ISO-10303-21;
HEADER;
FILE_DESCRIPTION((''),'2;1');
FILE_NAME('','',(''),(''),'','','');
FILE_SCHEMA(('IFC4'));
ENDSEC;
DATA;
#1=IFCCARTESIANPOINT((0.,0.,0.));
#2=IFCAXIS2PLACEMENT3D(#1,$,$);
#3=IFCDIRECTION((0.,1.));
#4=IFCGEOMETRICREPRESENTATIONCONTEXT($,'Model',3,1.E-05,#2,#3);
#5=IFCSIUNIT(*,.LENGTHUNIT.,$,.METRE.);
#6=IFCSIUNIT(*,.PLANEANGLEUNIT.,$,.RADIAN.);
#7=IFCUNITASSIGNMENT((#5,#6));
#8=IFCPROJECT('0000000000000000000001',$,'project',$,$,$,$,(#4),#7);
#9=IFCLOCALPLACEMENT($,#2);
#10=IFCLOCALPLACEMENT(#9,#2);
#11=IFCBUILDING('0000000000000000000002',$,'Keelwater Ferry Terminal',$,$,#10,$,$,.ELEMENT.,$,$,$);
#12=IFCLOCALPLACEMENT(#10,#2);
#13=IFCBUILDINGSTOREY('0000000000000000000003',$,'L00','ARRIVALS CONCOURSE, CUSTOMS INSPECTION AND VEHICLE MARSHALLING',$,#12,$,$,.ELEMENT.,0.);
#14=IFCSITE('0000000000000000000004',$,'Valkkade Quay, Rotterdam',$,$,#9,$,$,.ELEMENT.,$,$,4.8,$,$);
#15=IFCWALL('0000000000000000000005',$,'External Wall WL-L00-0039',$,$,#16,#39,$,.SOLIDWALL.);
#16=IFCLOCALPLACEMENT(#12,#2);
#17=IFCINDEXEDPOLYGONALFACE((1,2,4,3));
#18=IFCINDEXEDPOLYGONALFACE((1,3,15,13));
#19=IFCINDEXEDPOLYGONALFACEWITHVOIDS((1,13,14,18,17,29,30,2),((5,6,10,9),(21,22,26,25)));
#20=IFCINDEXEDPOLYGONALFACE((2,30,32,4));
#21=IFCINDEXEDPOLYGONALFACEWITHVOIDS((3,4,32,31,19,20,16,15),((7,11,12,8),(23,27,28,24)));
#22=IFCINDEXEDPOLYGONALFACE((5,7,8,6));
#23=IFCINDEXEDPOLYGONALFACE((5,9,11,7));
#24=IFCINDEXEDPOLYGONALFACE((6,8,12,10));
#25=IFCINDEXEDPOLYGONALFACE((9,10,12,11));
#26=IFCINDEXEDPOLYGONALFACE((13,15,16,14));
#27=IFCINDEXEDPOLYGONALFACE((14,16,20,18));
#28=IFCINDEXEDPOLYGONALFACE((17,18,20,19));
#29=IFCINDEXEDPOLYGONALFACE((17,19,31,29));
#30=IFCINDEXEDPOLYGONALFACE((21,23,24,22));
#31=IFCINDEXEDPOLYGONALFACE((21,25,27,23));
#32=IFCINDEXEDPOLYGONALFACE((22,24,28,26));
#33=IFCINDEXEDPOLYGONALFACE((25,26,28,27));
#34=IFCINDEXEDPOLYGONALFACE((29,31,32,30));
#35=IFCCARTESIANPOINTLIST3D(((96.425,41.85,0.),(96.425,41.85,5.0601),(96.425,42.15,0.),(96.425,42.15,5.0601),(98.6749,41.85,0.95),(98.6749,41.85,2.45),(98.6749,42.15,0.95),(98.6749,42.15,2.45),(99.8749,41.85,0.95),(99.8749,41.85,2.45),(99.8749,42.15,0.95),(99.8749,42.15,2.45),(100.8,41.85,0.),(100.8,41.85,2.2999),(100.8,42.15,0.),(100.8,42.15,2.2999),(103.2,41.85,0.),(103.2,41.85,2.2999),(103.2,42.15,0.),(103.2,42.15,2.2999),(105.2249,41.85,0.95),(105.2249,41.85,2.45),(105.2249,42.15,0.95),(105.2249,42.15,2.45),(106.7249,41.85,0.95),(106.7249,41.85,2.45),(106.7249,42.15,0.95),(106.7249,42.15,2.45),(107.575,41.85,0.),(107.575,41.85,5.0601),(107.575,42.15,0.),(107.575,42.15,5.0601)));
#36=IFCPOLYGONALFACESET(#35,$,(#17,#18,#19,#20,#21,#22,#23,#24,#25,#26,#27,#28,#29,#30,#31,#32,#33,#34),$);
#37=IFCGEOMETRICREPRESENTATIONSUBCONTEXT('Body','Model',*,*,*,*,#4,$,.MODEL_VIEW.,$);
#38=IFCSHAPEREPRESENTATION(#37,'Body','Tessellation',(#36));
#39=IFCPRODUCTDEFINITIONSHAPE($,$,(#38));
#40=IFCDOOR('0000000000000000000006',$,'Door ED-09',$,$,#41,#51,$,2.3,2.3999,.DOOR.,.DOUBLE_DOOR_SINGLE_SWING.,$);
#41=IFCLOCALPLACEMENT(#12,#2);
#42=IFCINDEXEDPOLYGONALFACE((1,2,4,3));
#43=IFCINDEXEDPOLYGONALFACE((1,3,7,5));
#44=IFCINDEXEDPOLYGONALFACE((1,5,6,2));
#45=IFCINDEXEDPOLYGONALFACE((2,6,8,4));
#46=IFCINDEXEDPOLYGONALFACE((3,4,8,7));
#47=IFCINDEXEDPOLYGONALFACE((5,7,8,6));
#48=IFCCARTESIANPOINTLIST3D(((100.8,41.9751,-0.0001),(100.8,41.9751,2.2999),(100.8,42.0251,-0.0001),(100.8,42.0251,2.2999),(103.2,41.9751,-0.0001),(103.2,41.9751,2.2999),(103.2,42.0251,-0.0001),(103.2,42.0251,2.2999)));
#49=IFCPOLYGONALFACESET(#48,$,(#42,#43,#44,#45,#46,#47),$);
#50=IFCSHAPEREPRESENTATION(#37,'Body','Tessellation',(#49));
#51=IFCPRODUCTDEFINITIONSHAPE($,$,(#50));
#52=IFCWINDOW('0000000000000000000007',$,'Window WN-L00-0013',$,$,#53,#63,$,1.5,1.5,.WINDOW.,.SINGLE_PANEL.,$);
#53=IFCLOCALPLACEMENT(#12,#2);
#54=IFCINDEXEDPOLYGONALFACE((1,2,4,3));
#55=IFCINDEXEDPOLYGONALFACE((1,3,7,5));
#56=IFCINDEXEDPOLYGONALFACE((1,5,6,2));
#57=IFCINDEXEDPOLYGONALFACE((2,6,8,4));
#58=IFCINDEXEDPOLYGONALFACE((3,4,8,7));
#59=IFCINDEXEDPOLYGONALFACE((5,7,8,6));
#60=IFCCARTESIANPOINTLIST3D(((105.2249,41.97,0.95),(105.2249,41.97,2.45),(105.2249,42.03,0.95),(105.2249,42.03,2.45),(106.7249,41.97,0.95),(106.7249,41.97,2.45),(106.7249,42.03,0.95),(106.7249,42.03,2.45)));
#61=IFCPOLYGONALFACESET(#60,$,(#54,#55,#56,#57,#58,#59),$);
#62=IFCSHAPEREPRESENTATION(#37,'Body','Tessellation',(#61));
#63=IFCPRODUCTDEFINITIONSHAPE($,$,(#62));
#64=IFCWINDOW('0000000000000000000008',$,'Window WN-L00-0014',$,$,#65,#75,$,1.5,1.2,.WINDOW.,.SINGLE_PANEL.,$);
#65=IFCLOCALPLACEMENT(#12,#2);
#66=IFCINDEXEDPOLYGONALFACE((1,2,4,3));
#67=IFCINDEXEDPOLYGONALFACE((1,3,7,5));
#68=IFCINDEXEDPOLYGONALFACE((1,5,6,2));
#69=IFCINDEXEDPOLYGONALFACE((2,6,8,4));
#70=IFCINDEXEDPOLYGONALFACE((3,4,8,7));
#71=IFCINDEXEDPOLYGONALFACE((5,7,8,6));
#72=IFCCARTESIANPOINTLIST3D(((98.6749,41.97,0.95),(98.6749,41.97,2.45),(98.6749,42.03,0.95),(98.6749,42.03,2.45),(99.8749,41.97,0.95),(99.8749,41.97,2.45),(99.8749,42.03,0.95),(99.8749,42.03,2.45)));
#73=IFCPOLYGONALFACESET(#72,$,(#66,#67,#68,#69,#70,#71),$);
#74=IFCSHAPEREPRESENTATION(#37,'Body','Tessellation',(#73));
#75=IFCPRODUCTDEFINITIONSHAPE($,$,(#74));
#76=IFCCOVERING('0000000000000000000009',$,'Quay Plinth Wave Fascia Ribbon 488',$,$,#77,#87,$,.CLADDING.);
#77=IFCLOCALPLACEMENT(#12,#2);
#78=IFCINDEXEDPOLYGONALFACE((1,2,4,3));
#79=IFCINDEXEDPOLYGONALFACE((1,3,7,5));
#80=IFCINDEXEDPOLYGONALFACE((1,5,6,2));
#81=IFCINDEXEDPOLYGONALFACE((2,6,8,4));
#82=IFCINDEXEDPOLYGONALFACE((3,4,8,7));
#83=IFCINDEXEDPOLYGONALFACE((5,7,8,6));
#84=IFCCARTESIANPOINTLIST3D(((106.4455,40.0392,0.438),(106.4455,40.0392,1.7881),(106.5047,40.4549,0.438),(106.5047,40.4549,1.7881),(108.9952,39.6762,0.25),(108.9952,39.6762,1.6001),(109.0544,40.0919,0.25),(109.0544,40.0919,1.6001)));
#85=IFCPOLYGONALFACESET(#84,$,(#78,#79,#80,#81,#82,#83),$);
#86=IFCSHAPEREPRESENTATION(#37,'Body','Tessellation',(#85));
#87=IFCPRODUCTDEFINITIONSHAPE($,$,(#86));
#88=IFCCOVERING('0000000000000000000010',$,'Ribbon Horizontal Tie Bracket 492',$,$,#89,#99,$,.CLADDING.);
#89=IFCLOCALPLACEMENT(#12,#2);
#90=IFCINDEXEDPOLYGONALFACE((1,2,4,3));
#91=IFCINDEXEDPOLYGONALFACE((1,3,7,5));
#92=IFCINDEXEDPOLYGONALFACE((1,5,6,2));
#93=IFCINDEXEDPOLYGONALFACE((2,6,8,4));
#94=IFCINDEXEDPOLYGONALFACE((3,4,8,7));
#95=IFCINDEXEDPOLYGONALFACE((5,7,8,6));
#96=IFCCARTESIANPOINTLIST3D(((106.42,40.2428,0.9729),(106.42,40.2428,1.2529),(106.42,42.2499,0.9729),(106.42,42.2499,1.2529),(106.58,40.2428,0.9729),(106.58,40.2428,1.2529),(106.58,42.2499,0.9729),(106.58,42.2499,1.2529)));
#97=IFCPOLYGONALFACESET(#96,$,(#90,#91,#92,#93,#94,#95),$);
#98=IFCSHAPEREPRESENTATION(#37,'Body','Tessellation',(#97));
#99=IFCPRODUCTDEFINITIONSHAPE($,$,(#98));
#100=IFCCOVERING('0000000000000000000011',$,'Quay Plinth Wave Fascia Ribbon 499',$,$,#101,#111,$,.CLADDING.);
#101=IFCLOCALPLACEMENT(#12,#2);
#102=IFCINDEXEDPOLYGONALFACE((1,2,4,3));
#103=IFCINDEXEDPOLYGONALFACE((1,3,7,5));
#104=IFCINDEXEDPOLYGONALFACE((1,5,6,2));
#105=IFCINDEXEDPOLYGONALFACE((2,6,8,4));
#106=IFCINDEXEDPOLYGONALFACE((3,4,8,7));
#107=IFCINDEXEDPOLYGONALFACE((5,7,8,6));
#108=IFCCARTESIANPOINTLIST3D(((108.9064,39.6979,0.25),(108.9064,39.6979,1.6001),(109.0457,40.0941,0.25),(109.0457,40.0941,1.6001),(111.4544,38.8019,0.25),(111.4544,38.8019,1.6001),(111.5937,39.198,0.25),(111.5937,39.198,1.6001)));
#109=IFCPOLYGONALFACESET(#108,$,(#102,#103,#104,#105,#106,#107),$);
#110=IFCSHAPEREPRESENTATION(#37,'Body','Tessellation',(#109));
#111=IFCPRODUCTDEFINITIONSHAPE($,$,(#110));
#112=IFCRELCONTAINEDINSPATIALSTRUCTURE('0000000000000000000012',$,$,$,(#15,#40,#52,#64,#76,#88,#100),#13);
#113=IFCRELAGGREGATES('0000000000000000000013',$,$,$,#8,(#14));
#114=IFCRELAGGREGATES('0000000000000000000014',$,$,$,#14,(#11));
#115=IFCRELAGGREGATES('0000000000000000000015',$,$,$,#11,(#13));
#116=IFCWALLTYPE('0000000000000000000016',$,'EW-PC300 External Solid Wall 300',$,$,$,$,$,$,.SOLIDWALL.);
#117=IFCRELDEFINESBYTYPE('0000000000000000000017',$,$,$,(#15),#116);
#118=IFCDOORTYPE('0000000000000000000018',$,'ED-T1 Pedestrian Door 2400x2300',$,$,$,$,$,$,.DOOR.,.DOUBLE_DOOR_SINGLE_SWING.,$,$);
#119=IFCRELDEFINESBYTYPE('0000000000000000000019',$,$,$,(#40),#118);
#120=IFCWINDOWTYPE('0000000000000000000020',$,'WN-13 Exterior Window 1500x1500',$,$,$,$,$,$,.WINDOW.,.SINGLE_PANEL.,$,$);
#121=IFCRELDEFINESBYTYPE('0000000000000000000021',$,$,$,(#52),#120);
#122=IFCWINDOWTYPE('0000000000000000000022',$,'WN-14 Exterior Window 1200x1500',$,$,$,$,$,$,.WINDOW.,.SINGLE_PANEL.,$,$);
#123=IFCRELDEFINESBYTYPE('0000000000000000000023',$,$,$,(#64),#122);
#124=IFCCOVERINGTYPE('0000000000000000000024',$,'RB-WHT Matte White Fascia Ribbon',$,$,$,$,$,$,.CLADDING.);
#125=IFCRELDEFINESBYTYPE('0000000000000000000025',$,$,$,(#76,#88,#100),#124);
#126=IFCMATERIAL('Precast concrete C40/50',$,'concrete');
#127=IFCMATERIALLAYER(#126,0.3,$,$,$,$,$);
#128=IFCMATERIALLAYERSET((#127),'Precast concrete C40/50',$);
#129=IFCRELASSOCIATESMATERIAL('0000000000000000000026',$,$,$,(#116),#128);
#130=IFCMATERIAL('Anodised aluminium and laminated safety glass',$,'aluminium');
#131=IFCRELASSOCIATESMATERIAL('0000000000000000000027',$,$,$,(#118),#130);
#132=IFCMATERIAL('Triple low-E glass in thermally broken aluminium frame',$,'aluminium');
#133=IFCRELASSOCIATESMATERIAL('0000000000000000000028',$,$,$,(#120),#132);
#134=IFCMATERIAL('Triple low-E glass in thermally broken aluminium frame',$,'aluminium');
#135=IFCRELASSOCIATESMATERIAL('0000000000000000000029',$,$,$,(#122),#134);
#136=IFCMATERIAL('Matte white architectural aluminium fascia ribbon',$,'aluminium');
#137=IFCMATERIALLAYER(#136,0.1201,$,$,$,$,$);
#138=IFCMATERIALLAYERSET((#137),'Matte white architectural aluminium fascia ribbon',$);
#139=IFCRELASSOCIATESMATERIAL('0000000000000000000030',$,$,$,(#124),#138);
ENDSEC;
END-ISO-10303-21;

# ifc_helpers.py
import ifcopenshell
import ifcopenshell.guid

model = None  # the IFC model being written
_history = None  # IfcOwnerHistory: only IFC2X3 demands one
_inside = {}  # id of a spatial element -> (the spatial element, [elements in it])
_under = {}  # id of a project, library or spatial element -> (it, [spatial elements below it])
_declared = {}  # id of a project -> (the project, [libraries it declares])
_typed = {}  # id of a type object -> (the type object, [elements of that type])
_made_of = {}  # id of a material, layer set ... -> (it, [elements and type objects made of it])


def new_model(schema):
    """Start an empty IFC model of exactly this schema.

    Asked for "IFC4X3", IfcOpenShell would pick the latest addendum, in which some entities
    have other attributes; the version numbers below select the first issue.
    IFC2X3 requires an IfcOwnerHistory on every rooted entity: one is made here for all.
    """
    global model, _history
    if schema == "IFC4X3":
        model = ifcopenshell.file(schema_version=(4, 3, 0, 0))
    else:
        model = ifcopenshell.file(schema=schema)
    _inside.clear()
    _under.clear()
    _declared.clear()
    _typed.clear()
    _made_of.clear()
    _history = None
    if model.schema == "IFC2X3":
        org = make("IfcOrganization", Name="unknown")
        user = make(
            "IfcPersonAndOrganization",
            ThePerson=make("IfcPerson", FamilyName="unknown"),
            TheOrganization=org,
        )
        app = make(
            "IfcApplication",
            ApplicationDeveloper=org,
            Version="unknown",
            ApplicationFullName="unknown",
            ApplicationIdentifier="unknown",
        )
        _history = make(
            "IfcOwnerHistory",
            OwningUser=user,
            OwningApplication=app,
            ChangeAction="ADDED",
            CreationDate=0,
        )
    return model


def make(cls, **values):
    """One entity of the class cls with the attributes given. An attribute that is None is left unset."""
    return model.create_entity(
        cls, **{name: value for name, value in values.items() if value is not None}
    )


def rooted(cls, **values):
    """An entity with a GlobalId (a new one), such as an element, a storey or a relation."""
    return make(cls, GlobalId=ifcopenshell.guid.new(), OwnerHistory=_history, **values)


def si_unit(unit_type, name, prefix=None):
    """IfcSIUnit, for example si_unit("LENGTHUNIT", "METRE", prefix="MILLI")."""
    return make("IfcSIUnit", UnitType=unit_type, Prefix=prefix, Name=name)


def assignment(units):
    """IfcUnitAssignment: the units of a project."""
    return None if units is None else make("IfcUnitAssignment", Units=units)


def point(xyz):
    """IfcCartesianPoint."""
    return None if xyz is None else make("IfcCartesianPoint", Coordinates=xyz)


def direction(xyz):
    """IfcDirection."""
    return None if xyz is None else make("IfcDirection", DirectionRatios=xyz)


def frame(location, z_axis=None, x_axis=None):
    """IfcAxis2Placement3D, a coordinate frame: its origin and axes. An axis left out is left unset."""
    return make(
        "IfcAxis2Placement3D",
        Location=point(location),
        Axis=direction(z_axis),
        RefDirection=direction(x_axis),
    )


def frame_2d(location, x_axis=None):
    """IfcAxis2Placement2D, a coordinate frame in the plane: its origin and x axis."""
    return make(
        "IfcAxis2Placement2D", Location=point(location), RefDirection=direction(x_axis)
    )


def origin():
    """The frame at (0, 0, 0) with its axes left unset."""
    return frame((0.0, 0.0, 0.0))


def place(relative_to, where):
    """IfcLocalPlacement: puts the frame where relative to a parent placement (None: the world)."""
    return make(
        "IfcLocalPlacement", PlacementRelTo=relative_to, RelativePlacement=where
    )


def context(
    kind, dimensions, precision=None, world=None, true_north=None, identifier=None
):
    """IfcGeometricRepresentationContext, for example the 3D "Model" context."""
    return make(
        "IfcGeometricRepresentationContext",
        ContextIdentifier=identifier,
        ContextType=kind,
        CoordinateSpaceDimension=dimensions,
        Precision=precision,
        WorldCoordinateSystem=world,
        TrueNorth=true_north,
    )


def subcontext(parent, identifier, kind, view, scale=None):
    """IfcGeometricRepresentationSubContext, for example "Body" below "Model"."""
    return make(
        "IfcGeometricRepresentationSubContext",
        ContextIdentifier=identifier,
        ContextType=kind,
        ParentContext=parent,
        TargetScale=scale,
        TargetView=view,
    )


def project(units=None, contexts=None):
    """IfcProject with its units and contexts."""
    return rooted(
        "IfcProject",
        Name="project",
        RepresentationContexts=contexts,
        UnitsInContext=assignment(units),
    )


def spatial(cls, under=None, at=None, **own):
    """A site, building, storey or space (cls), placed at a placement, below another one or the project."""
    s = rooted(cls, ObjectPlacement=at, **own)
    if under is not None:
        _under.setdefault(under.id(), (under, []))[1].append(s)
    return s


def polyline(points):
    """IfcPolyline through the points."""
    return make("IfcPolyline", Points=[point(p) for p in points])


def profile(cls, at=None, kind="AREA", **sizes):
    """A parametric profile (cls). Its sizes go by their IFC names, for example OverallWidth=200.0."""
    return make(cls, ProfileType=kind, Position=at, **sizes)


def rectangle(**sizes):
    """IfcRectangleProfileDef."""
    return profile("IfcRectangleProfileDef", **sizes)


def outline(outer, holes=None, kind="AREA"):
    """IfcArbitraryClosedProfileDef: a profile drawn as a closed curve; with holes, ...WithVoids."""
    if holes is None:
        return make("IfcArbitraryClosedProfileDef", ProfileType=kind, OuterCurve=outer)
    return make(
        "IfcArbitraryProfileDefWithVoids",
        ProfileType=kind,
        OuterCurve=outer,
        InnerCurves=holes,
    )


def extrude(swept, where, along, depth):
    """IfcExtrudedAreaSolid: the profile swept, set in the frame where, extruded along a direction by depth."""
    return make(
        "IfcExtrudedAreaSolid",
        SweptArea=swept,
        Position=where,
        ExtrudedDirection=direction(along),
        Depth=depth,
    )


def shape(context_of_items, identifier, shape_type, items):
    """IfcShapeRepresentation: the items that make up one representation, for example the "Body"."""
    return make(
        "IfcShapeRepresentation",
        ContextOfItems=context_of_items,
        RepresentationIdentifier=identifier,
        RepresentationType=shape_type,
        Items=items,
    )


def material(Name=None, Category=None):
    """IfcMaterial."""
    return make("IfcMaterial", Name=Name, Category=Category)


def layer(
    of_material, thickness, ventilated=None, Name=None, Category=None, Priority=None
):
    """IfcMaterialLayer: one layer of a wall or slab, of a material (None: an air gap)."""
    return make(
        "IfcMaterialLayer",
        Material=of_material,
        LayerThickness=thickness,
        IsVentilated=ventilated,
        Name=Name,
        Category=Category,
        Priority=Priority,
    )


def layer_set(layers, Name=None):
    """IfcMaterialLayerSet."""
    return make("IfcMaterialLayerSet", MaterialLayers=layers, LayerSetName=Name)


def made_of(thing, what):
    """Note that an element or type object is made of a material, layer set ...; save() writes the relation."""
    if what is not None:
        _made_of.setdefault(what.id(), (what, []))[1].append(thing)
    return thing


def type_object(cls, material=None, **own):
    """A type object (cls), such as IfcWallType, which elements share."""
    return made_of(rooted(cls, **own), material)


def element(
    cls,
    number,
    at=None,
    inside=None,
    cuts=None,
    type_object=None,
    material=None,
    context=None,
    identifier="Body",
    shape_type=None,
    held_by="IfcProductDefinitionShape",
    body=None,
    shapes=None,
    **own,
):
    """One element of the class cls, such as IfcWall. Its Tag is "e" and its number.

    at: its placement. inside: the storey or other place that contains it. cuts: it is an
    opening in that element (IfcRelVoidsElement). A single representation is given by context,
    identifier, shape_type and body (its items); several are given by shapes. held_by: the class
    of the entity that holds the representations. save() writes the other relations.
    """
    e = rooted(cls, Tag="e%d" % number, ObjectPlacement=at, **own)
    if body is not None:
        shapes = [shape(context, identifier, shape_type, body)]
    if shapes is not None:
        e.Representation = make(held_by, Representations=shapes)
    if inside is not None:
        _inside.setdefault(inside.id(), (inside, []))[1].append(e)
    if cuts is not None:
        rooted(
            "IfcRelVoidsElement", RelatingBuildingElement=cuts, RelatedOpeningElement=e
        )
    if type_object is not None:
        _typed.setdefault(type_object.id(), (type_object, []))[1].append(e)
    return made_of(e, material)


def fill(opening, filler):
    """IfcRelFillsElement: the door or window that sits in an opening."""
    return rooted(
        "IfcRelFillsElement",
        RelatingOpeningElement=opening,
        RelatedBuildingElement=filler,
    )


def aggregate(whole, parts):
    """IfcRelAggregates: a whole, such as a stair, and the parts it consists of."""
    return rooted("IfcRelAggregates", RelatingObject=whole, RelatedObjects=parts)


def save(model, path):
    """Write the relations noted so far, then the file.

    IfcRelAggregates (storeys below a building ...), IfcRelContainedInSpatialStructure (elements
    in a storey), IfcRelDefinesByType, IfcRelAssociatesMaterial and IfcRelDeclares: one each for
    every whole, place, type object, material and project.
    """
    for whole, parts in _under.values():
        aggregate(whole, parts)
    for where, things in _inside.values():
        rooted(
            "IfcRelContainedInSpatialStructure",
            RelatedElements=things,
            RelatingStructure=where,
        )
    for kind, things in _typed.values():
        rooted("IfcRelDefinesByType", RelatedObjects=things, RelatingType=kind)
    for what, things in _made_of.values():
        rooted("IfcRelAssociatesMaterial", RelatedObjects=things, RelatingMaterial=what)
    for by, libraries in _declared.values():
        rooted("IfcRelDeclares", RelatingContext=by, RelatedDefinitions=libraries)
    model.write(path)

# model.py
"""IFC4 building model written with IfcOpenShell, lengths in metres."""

from ifc_helpers import new_model, si_unit, direction, frame, frame_2d, origin, place, context, subcontext, project, spatial, polyline, rectangle, outline, extrude, material, layer, layer_set, type_object, element, fill, save


model = new_model("IFC4")

# Units and contexts
model_context = context("Model", 3, precision=1e-05, world=origin(), true_north=direction((0.0, 1.0)))
body_context = subcontext(model_context, "Body", "Model", "MODEL_VIEW")
ifc_project = project(units=[si_unit("LENGTHUNIT", "METRE"), si_unit("PLANEANGLEUNIT", "RADIAN")], contexts=[model_context])

# Site, building, storey
site_placement = place(None, origin())
site = spatial("IfcSite", under=ifc_project, at=site_placement, Name="Valkkade Quay, Rotterdam", CompositionType="ELEMENT", RefElevation=4.8)
building_placement = place(site_placement, origin())
building = spatial("IfcBuilding", under=site, at=building_placement, Name="Keelwater Ferry Terminal", CompositionType="ELEMENT")
storey_placement = place(building_placement, origin())
storey = spatial("IfcBuildingStorey", under=building, at=storey_placement, Name="L00", Description="ARRIVALS CONCOURSE, CUSTOMS INSPECTION AND VEHICLE MARSHALLING", CompositionType="ELEMENT", Elevation=0.0)

# Wall, openings, door, windows
ifc_material_1 = material(Name="Precast concrete C40/50", Category="concrete")
ifc_layer_1 = layer(ifc_material_1, 0.3)
ifc_layer_set_1 = layer_set([ifc_layer_1], Name="Precast concrete C40/50")
wall_type = type_object("IfcWallType", Name="EW-PC300 External Solid Wall 300", PredefinedType="SOLIDWALL", material=ifc_layer_set_1)
wall_placement = place(storey_placement, frame((107.575, 42.0, 0.0), z_axis=(0.0, 0.0, 1.0), x_axis=(-1.0, 0.0, 0.0)))
wall = element("IfcWall", 1, at=wall_placement, inside=storey, type_object=wall_type, Name="External Wall WL-L00-0039", PredefinedType="SOLIDWALL", context=body_context, shape_type="SweptSolid", body=[
    extrude(rectangle(XDim=11.1499, YDim=0.3, at=frame_2d((5.575, 0.0))), origin(), (0.0, 0.0, 1.0), 5.0601),
])
opening_1_placement = place(wall_placement, frame((4.375, 0.0, 0.0)))
opening_1 = element("IfcOpeningElement", 2, at=opening_1_placement, cuts=wall, PredefinedType="OPENING", context=body_context, shape_type="SweptSolid", body=[
    extrude(rectangle(XDim=2.3999, YDim=2.3, at=frame_2d((1.2, 1.1499))), frame((0.0, 0.1599, 0.0), z_axis=(0.0, -1.0, 0.0), x_axis=(1.0, 0.0, 0.0)), (0.0, 0.0, 1.0), 0.3201),
])
opening_2_placement = place(wall_placement, frame((0.8501, 0.0, 0.95)))
opening_2 = element("IfcOpeningElement", 3, at=opening_2_placement, cuts=wall, PredefinedType="OPENING", context=body_context, shape_type="SweptSolid", body=[
    extrude(rectangle(XDim=1.5, YDim=1.5, at=frame_2d((0.75, 0.75))), frame((0.0, 0.1599, 0.0), z_axis=(0.0, -1.0, 0.0), x_axis=(1.0, 0.0, 0.0)), (0.0, 0.0, 1.0), 0.3201),
])
opening_3_placement = place(wall_placement, frame((7.7, 0.0, 0.95)))
opening_3 = element("IfcOpeningElement", 4, at=opening_3_placement, cuts=wall, PredefinedType="OPENING", context=body_context, shape_type="SweptSolid", body=[
    extrude(rectangle(XDim=1.2, YDim=1.5, at=frame_2d((0.6001, 0.75))), frame((0.0, 0.1599, 0.0), z_axis=(0.0, -1.0, 0.0), x_axis=(1.0, 0.0, 0.0)), (0.0, 0.0, 1.0), 0.3201),
])
ifc_material_2 = material(Name="Anodised aluminium and laminated safety glass", Category="aluminium")
door_type = type_object("IfcDoorType", Name="ED-T1 Pedestrian Door 2400x2300", OperationType="DOUBLE_DOOR_SINGLE_SWING", PredefinedType="DOOR", material=ifc_material_2)
door_placement = place(opening_1_placement, origin())
door = element("IfcDoor", 5, at=door_placement, inside=storey, type_object=door_type, Name="Door ED-09", OperationType="DOUBLE_DOOR_SINGLE_SWING", OverallHeight=2.3, OverallWidth=2.3999, PredefinedType="DOOR", context=body_context, shape_type="SweptSolid", body=[
    extrude(rectangle(XDim=2.3999, YDim=2.3, at=frame_2d((1.2, 1.1499))), frame((0.0, 0.0249, 0.0), z_axis=(0.0, -1.0, 0.0), x_axis=(1.0, 0.0, 0.0)), (0.0, 0.0, 1.0), 0.05),
])
fill(opening_1, door)
ifc_material_3 = material(Name="Triple low-E glass in thermally broken aluminium frame", Category="aluminium")
window_type_1 = type_object("IfcWindowType", Name="WN-13 Exterior Window 1500x1500", PartitioningType="SINGLE_PANEL", PredefinedType="WINDOW", material=ifc_material_3)
window_1_placement = place(opening_2_placement, origin())
window_1 = element("IfcWindow", 6, at=window_1_placement, inside=storey, type_object=window_type_1, Name="Window WN-L00-0013", OverallHeight=1.5, OverallWidth=1.5, PartitioningType="SINGLE_PANEL", PredefinedType="WINDOW", context=body_context, shape_type="SweptSolid", body=[
    extrude(rectangle(XDim=1.5, YDim=1.5, at=frame_2d((0.75, 0.75))), frame((0.0, 0.03, 0.0), z_axis=(0.0, -1.0, 0.0), x_axis=(1.0, 0.0, 0.0)), (0.0, 0.0, 1.0), 0.0601),
])
fill(opening_2, window_1)
ifc_material_4 = material(Name="Triple low-E glass in thermally broken aluminium frame", Category="aluminium")
window_type_2 = type_object("IfcWindowType", Name="WN-14 Exterior Window 1200x1500", PartitioningType="SINGLE_PANEL", PredefinedType="WINDOW", material=ifc_material_4)
window_2_placement = place(opening_3_placement, origin())
window_2 = element("IfcWindow", 7, at=window_2_placement, inside=storey, type_object=window_type_2, Name="Window WN-L00-0014", OverallHeight=1.5, OverallWidth=1.2, PartitioningType="SINGLE_PANEL", PredefinedType="WINDOW", context=body_context, shape_type="SweptSolid", body=[
    extrude(rectangle(XDim=1.2, YDim=1.5, at=frame_2d((0.6001, 0.75))), frame((0.0, 0.03, 0.0), z_axis=(0.0, -1.0, 0.0), x_axis=(1.0, 0.0, 0.0)), (0.0, 0.0, 1.0), 0.0601),
])
fill(opening_3, window_2)

# Coverings
ifc_material_5 = material(Name="Matte white architectural aluminium fascia ribbon", Category="aluminium")
ifc_layer_2 = layer(ifc_material_5, 0.1201)
ifc_layer_set_2 = layer_set([ifc_layer_2], Name="Matte white architectural aluminium fascia ribbon")
covering_type = type_object("IfcCoveringType", Name="RB-WHT Matte White Fascia Ribbon", PredefinedType="CLADDING", material=ifc_layer_set_2)
covering_1_placement = place(storey_placement, frame((106.4751, 40.2471, 0.25), z_axis=(0.0, 0.0, 1.0), x_axis=(0.990016, -0.140957, 0.0)))
element("IfcCovering", 8, at=covering_1_placement, inside=storey, type_object=covering_type, Name="Quay Plinth Wave Fascia Ribbon 488", PredefinedType="CLADDING", context=body_context, shape_type="SweptSolid", body=[
    extrude(outline(polyline([(0.0, 0.188), (2.5754, 0.0), (2.5754, 1.3501), (0.0, 1.5381), (0.0, 0.188)])), frame((0.0, 0.21, 0.0), z_axis=(0.0, -1.0, 0.0), x_axis=(1.0, 0.0, 0.0)), (0.0, 0.0, 1.0), 0.4199),
])
covering_2_placement = place(storey_placement, frame((106.5, 40.2429, 0.9729), z_axis=(0.0, 0.0, 1.0), x_axis=(0.0, 1.0, 0.0)))
element("IfcCovering", 9, at=covering_2_placement, inside=storey, type_object=covering_type, Name="Ribbon Horizontal Tie Bracket 492", PredefinedType="CLADDING", context=body_context, shape_type="SweptSolid", body=[
    extrude(rectangle(XDim=2.0071, YDim=0.1599, at=frame_2d((1.0034, 0.0))), origin(), (0.0, 0.0, 1.0), 0.28),
])
covering_3_placement = place(storey_placement, frame((108.9761, 39.896, 0.25), z_axis=(0.0, 0.0, 1.0), x_axis=(0.943367, -0.331751, 0.0)))
element("IfcCovering", 10, at=covering_3_placement, inside=storey, type_object=covering_type, Name="Quay Plinth Wave Fascia Ribbon 499", PredefinedType="CLADDING", context=body_context, shape_type="SweptSolid", body=[
    extrude(outline(polyline([(0.0, 0.0), (2.7009, 0.0), (2.7009, 1.3501), (0.0, 1.3501), (0.0, 0.0)])), frame((0.0, 0.21, 0.0), z_axis=(0.0, -1.0, 0.0), x_axis=(1.0, 0.0, 0.0)), (0.0, 0.0, 1.0), 0.4199),
])

save(model, "model.ifc")
